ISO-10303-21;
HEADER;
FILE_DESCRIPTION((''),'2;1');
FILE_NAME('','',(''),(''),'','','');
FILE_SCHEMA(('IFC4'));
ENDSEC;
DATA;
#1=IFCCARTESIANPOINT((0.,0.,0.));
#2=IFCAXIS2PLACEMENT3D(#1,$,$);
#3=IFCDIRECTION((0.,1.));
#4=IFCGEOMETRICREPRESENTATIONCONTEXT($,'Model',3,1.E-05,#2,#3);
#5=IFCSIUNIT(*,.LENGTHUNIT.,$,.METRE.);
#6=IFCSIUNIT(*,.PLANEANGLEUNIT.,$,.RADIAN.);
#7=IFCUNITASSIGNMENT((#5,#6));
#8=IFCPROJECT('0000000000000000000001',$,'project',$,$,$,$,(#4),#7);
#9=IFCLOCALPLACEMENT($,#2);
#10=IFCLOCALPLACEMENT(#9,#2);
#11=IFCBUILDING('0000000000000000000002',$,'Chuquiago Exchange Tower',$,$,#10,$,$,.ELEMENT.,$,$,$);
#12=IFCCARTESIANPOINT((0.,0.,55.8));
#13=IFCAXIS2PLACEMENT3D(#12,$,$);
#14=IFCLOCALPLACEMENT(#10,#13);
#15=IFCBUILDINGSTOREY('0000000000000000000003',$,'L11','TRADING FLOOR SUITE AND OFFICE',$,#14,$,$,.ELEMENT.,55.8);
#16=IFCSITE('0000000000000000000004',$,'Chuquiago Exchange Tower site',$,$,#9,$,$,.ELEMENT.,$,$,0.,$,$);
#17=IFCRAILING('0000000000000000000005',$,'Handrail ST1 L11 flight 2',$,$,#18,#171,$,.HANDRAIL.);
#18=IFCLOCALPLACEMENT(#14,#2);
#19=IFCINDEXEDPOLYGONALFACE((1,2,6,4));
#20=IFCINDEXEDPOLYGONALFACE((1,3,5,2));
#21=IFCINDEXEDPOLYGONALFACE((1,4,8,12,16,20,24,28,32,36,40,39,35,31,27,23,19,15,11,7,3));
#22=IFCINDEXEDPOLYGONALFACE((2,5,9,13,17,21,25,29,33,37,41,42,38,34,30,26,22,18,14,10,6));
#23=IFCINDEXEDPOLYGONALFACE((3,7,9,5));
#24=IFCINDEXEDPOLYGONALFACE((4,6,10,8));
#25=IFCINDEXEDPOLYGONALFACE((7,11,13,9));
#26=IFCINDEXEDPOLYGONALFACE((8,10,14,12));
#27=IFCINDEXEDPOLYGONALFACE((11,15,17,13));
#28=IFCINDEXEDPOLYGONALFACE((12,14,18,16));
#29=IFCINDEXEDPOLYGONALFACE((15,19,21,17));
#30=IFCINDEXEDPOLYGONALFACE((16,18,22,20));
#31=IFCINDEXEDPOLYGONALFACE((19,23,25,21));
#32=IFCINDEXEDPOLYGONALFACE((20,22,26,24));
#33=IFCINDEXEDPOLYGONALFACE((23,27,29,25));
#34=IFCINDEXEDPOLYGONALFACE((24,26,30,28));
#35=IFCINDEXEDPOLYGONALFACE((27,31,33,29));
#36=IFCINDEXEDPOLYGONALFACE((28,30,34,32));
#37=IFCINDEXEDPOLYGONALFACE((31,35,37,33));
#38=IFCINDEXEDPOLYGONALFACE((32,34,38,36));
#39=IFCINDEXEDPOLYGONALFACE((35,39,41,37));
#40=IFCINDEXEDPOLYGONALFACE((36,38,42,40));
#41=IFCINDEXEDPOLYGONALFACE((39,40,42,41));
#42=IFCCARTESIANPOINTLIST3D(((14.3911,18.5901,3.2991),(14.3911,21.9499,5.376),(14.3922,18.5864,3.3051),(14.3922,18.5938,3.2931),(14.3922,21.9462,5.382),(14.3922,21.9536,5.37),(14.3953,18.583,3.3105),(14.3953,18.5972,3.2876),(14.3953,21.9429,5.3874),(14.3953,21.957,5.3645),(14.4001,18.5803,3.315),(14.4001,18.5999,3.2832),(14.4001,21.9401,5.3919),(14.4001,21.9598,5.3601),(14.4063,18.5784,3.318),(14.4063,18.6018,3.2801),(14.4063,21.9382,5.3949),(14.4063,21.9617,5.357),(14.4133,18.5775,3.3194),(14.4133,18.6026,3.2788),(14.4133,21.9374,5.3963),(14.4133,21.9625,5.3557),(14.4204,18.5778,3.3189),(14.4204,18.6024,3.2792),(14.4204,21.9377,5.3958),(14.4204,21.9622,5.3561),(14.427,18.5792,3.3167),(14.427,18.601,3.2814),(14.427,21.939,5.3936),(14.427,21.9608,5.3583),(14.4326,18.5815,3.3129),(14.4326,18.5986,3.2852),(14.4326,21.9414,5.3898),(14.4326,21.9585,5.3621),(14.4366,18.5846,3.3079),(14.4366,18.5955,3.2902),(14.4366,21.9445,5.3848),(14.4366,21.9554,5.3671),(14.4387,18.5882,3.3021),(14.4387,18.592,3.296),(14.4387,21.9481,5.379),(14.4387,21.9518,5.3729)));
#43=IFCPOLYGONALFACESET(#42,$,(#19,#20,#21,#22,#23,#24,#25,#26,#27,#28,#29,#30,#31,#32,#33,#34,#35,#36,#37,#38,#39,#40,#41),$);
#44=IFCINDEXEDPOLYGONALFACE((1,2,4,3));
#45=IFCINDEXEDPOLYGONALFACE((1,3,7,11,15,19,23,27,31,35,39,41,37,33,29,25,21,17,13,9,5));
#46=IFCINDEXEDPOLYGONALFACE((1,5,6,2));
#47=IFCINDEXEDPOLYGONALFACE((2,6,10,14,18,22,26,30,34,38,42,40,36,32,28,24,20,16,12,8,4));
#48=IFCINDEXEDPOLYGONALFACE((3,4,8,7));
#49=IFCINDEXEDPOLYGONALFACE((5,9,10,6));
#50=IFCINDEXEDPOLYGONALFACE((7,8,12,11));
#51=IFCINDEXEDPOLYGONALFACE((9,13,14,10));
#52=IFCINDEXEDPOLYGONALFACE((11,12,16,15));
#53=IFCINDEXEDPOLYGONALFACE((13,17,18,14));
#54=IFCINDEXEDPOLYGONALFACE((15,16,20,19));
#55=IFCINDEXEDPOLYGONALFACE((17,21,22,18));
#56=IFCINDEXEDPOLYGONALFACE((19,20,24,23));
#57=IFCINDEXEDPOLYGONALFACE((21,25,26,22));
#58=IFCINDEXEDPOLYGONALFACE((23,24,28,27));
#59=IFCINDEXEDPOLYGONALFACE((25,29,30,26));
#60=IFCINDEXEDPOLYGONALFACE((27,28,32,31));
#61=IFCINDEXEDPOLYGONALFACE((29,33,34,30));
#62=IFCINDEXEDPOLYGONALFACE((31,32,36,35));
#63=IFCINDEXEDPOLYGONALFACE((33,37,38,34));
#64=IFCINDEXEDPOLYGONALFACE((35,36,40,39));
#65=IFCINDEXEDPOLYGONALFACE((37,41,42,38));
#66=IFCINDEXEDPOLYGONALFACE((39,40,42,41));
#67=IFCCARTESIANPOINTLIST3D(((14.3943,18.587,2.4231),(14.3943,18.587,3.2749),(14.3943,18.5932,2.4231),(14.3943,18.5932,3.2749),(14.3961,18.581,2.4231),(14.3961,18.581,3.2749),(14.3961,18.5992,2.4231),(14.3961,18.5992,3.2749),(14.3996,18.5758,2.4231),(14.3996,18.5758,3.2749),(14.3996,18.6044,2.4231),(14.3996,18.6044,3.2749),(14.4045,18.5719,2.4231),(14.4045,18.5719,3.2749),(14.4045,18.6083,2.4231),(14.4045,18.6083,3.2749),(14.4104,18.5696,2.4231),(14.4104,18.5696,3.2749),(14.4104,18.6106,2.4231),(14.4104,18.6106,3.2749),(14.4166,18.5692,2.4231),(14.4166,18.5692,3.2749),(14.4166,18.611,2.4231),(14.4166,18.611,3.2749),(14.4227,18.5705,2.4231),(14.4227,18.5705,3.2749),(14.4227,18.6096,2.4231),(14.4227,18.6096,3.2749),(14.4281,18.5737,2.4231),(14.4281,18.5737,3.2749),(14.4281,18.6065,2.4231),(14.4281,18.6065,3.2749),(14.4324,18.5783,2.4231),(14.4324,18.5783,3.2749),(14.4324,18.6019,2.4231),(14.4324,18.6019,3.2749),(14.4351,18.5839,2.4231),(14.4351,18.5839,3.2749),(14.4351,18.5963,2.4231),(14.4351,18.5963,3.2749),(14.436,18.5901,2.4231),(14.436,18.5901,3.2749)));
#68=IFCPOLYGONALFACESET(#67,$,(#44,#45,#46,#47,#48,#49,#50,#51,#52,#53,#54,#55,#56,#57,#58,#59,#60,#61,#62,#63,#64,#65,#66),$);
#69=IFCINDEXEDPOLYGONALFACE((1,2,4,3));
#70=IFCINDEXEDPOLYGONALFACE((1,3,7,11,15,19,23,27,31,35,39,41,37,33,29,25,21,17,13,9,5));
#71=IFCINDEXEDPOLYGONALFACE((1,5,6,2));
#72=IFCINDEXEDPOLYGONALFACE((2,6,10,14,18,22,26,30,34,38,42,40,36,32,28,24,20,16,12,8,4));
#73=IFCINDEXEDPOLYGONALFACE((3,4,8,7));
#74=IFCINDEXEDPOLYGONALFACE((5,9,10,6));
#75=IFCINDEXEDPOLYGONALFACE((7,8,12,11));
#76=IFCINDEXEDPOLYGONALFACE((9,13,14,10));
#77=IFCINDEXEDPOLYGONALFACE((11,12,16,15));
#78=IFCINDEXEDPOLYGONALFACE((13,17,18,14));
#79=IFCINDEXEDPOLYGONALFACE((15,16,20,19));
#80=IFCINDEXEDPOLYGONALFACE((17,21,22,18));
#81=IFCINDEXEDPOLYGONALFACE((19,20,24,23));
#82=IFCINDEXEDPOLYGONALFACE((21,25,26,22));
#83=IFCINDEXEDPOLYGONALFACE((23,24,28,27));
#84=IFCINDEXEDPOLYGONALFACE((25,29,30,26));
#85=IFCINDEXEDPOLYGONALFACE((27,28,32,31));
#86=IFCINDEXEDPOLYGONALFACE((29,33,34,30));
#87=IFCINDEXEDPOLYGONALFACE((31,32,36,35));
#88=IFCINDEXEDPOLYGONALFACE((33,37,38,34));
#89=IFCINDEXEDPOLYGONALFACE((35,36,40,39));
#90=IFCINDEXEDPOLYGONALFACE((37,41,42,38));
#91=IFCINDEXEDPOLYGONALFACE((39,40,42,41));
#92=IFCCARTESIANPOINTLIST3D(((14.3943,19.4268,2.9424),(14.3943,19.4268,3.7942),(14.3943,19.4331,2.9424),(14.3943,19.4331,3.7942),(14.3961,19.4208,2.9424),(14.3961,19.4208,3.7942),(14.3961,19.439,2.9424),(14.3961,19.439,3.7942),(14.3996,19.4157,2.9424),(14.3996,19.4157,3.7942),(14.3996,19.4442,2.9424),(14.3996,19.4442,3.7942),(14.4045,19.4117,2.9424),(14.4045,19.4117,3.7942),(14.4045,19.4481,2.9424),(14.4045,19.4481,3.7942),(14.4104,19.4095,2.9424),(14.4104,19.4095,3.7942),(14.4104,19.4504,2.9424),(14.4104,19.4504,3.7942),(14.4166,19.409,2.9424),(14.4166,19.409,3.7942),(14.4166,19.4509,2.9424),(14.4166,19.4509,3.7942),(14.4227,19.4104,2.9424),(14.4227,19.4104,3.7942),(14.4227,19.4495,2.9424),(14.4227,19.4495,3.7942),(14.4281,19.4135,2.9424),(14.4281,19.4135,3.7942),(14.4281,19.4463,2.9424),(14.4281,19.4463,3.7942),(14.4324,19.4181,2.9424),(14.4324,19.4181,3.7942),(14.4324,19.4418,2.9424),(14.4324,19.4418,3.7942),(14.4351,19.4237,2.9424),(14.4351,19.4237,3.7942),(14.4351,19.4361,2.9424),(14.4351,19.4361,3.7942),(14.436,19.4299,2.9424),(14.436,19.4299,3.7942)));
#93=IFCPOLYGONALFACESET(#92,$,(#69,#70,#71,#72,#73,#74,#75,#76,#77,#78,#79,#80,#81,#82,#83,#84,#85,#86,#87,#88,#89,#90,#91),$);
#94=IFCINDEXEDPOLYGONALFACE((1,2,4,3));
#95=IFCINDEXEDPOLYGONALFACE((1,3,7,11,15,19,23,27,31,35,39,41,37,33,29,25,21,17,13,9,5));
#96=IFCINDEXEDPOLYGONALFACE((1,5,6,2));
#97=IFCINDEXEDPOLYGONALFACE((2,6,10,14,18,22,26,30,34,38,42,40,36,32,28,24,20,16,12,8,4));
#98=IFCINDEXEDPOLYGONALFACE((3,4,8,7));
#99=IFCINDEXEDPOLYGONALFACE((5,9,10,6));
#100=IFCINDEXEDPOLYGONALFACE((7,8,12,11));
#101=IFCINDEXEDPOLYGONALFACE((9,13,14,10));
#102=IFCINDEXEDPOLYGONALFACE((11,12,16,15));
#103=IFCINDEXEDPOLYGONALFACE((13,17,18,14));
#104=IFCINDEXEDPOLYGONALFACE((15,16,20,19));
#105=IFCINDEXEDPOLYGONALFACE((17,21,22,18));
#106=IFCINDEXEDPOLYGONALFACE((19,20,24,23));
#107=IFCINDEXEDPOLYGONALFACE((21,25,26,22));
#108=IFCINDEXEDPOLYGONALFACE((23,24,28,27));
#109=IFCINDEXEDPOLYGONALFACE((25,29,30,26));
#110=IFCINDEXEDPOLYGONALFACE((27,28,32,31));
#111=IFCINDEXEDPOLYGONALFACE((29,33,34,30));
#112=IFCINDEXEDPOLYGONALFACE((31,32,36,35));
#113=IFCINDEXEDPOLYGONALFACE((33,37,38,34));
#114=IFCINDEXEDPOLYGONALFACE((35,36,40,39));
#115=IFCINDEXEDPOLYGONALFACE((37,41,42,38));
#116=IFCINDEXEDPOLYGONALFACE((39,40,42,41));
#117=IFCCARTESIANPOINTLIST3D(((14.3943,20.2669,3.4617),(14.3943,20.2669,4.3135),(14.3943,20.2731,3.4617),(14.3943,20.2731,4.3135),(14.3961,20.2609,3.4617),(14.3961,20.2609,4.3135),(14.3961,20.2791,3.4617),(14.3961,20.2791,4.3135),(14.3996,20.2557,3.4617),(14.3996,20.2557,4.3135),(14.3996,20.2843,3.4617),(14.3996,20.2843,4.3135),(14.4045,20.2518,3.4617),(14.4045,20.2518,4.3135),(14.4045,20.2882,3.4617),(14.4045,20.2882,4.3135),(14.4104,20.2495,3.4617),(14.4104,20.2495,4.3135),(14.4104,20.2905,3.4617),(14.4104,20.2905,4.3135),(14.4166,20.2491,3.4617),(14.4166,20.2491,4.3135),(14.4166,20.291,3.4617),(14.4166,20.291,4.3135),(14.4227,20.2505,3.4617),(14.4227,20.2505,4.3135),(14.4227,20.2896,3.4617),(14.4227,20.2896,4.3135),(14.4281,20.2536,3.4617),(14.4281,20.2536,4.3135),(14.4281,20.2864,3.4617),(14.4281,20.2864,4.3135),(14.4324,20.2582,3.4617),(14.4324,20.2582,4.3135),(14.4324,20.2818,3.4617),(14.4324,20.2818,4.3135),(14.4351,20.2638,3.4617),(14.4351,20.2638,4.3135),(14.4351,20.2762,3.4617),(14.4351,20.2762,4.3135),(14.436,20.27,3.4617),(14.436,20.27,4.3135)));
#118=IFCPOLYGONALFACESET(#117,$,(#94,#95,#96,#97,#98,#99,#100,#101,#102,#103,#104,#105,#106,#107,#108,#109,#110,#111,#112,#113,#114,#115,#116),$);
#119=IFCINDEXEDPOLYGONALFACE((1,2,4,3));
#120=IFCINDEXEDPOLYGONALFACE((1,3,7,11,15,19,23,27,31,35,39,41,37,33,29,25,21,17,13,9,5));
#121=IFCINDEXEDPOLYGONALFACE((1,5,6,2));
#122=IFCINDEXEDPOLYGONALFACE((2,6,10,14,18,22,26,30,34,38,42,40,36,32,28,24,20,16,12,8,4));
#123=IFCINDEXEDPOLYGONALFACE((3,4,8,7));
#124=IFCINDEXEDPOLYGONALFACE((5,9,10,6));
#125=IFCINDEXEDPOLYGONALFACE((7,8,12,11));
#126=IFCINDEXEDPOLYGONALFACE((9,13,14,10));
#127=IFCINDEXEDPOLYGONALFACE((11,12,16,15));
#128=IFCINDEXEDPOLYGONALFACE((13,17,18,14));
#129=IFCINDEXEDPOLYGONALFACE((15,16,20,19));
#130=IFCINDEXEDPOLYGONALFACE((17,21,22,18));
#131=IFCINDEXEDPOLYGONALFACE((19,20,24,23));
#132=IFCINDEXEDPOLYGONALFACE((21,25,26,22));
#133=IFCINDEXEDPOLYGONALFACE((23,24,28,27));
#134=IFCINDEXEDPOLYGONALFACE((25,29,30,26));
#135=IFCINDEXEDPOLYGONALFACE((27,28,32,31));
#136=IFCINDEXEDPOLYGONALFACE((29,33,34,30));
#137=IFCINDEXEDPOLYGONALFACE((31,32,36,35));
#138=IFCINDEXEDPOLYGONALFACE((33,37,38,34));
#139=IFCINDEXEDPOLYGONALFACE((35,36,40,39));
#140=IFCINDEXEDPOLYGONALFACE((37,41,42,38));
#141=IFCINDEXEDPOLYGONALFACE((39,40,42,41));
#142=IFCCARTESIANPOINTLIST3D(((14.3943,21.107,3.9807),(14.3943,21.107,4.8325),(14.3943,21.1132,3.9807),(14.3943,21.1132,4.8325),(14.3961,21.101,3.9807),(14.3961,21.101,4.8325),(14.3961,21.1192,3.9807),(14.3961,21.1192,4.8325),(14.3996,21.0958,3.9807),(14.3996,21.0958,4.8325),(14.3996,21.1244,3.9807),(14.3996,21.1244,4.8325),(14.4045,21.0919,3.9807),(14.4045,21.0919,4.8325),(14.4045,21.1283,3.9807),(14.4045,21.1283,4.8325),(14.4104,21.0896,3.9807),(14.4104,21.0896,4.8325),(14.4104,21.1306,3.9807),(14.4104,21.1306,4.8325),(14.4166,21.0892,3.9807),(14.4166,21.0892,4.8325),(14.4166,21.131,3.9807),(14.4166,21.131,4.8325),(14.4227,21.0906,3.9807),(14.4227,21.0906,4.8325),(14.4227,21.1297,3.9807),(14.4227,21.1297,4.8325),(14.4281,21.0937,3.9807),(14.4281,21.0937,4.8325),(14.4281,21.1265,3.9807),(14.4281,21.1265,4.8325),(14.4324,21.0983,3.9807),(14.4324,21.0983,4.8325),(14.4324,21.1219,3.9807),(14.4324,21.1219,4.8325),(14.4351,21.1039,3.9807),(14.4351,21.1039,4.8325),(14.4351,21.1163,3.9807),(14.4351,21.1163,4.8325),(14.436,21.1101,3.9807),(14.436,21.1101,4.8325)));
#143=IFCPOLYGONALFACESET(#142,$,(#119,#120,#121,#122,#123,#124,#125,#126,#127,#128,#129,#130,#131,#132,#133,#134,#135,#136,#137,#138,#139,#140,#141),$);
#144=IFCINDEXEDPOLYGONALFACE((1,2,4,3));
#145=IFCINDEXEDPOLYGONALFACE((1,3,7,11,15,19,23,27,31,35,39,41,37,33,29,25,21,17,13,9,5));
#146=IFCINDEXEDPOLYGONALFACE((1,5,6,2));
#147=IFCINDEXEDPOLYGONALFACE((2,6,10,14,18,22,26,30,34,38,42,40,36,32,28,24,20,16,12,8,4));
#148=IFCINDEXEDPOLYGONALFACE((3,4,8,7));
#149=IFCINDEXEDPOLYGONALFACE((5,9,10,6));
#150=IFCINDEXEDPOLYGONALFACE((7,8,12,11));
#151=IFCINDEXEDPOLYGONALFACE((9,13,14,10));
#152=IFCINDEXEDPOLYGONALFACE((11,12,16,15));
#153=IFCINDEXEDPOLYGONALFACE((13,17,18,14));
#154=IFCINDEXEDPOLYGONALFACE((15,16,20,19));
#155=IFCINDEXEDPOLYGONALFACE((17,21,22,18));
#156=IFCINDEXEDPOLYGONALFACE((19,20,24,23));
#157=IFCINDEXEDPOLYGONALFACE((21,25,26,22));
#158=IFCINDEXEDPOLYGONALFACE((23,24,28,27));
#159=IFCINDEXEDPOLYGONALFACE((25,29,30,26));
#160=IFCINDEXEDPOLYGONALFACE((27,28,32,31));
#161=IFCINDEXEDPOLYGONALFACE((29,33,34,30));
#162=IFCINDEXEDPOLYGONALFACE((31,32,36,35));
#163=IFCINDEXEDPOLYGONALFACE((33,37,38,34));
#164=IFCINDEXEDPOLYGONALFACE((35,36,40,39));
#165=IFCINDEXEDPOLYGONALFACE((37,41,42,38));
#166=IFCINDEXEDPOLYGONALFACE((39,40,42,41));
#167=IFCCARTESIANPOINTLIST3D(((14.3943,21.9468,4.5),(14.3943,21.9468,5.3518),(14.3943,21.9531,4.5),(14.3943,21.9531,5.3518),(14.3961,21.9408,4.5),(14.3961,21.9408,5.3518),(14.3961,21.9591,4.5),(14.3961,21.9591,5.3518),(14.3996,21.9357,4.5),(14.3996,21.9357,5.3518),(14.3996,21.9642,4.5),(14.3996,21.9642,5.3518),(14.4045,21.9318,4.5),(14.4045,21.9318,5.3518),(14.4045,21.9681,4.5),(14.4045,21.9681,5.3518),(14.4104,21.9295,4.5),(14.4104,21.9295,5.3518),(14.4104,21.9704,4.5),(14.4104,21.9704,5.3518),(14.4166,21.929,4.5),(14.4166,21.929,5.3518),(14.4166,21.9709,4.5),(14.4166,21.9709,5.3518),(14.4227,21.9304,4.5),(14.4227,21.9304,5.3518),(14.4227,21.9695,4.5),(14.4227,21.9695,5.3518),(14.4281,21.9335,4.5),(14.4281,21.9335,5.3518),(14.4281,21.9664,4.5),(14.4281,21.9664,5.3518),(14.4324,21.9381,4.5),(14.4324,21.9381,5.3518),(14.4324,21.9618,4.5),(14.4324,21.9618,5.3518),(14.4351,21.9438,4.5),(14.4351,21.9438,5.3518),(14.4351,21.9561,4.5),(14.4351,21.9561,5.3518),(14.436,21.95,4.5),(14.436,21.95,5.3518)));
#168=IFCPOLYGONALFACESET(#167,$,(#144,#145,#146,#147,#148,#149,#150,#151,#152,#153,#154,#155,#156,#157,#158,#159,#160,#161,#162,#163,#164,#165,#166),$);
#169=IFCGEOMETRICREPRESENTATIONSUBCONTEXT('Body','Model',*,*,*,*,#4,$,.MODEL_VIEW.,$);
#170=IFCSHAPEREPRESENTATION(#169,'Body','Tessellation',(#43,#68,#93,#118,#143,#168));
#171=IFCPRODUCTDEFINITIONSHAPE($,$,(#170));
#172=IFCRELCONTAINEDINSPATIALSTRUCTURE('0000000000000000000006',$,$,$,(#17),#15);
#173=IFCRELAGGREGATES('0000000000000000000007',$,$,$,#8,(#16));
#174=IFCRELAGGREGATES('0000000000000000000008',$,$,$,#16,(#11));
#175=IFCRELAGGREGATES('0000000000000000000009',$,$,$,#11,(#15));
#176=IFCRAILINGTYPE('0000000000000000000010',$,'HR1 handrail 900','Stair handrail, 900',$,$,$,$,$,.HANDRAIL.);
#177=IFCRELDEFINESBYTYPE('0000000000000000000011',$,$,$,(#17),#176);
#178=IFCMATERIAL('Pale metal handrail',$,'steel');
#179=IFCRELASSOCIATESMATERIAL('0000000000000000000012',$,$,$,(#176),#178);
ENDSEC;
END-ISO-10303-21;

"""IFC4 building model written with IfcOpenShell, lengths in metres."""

from ifc_helpers import new_model, si_unit, direction, frame, origin, origin_2d, place, context, subcontext, project, spatial, circle, extrude, material, type_object, element, save


model = new_model("IFC4")

# Units and contexts
model_context = context("Model", 3, precision=1e-05, world=origin(), true_north=direction((0.0, 1.0)))
body_context = subcontext(model_context, "Body", "Model", "MODEL_VIEW")
ifc_project = project(units=[si_unit("LENGTHUNIT", "METRE"), si_unit("PLANEANGLEUNIT", "RADIAN")], contexts=[model_context])

# Site, building, storey
site_placement = place(None, origin())
site = spatial("IfcSite", under=ifc_project, at=site_placement, Name="Chuquiago Exchange Tower site", CompositionType="ELEMENT", RefElevation=0.0)
building_placement = place(site_placement, origin())
building = spatial("IfcBuilding", under=site, at=building_placement, Name="Chuquiago Exchange Tower", CompositionType="ELEMENT")
storey_placement = place(building_placement, frame((0.0, 0.0, 55.8)))
storey = spatial("IfcBuildingStorey", under=building, at=storey_placement, Name="L11", Description="TRADING FLOOR SUITE AND OFFICE", CompositionType="ELEMENT", Elevation=55.8)

# Railing
ifc_material_1 = material(Name="Pale metal handrail", Category="steel")
railing_type_1 = type_object("IfcRailingType", Name="HR1 handrail 900", Description="Stair handrail, 900", PredefinedType="HANDRAIL", material=ifc_material_1)
for number, where, name in (
    (1, (14.415, 18.5901, 2.4231), "Handrail ST1 L11 flight 2"),
):
    element("IfcRailing", number, at=place(storey_placement, frame(where)), inside=storey, type_object=railing_type_1, Name=name, PredefinedType="HANDRAIL", context=body_context, shape_type="SweptSolid", body=[
        extrude(circle(Radius=0.0239, at=origin_2d()), frame((0.0, 0.0, 0.876), z_axis=(0.0, 0.850606, 0.525803), x_axis=(-1.0, 0.0, 0.0)), (0.0, 0.0, 1.0), 3.95),
        extrude(circle(Radius=0.021, at=origin_2d()), origin(), (0.0, 0.0, 1.0), 0.8518),
        extrude(circle(Radius=0.021, at=origin_2d()), frame((0.0, 0.8398, 0.5193)), (0.0, 0.0, 1.0), 0.8518),
        extrude(circle(Radius=0.021, at=origin_2d()), frame((0.0, 1.6799, 1.0386)), (0.0, 0.0, 1.0), 0.8518),
        extrude(circle(Radius=0.021, at=origin_2d()), frame((0.0, 2.52, 1.5576)), (0.0, 0.0, 1.0), 0.8518),
        extrude(circle(Radius=0.021, at=origin_2d()), frame((0.0, 3.3599, 2.0769)), (0.0, 0.0, 1.0), 0.8518),
    ])

save(model, "model.ifc")
